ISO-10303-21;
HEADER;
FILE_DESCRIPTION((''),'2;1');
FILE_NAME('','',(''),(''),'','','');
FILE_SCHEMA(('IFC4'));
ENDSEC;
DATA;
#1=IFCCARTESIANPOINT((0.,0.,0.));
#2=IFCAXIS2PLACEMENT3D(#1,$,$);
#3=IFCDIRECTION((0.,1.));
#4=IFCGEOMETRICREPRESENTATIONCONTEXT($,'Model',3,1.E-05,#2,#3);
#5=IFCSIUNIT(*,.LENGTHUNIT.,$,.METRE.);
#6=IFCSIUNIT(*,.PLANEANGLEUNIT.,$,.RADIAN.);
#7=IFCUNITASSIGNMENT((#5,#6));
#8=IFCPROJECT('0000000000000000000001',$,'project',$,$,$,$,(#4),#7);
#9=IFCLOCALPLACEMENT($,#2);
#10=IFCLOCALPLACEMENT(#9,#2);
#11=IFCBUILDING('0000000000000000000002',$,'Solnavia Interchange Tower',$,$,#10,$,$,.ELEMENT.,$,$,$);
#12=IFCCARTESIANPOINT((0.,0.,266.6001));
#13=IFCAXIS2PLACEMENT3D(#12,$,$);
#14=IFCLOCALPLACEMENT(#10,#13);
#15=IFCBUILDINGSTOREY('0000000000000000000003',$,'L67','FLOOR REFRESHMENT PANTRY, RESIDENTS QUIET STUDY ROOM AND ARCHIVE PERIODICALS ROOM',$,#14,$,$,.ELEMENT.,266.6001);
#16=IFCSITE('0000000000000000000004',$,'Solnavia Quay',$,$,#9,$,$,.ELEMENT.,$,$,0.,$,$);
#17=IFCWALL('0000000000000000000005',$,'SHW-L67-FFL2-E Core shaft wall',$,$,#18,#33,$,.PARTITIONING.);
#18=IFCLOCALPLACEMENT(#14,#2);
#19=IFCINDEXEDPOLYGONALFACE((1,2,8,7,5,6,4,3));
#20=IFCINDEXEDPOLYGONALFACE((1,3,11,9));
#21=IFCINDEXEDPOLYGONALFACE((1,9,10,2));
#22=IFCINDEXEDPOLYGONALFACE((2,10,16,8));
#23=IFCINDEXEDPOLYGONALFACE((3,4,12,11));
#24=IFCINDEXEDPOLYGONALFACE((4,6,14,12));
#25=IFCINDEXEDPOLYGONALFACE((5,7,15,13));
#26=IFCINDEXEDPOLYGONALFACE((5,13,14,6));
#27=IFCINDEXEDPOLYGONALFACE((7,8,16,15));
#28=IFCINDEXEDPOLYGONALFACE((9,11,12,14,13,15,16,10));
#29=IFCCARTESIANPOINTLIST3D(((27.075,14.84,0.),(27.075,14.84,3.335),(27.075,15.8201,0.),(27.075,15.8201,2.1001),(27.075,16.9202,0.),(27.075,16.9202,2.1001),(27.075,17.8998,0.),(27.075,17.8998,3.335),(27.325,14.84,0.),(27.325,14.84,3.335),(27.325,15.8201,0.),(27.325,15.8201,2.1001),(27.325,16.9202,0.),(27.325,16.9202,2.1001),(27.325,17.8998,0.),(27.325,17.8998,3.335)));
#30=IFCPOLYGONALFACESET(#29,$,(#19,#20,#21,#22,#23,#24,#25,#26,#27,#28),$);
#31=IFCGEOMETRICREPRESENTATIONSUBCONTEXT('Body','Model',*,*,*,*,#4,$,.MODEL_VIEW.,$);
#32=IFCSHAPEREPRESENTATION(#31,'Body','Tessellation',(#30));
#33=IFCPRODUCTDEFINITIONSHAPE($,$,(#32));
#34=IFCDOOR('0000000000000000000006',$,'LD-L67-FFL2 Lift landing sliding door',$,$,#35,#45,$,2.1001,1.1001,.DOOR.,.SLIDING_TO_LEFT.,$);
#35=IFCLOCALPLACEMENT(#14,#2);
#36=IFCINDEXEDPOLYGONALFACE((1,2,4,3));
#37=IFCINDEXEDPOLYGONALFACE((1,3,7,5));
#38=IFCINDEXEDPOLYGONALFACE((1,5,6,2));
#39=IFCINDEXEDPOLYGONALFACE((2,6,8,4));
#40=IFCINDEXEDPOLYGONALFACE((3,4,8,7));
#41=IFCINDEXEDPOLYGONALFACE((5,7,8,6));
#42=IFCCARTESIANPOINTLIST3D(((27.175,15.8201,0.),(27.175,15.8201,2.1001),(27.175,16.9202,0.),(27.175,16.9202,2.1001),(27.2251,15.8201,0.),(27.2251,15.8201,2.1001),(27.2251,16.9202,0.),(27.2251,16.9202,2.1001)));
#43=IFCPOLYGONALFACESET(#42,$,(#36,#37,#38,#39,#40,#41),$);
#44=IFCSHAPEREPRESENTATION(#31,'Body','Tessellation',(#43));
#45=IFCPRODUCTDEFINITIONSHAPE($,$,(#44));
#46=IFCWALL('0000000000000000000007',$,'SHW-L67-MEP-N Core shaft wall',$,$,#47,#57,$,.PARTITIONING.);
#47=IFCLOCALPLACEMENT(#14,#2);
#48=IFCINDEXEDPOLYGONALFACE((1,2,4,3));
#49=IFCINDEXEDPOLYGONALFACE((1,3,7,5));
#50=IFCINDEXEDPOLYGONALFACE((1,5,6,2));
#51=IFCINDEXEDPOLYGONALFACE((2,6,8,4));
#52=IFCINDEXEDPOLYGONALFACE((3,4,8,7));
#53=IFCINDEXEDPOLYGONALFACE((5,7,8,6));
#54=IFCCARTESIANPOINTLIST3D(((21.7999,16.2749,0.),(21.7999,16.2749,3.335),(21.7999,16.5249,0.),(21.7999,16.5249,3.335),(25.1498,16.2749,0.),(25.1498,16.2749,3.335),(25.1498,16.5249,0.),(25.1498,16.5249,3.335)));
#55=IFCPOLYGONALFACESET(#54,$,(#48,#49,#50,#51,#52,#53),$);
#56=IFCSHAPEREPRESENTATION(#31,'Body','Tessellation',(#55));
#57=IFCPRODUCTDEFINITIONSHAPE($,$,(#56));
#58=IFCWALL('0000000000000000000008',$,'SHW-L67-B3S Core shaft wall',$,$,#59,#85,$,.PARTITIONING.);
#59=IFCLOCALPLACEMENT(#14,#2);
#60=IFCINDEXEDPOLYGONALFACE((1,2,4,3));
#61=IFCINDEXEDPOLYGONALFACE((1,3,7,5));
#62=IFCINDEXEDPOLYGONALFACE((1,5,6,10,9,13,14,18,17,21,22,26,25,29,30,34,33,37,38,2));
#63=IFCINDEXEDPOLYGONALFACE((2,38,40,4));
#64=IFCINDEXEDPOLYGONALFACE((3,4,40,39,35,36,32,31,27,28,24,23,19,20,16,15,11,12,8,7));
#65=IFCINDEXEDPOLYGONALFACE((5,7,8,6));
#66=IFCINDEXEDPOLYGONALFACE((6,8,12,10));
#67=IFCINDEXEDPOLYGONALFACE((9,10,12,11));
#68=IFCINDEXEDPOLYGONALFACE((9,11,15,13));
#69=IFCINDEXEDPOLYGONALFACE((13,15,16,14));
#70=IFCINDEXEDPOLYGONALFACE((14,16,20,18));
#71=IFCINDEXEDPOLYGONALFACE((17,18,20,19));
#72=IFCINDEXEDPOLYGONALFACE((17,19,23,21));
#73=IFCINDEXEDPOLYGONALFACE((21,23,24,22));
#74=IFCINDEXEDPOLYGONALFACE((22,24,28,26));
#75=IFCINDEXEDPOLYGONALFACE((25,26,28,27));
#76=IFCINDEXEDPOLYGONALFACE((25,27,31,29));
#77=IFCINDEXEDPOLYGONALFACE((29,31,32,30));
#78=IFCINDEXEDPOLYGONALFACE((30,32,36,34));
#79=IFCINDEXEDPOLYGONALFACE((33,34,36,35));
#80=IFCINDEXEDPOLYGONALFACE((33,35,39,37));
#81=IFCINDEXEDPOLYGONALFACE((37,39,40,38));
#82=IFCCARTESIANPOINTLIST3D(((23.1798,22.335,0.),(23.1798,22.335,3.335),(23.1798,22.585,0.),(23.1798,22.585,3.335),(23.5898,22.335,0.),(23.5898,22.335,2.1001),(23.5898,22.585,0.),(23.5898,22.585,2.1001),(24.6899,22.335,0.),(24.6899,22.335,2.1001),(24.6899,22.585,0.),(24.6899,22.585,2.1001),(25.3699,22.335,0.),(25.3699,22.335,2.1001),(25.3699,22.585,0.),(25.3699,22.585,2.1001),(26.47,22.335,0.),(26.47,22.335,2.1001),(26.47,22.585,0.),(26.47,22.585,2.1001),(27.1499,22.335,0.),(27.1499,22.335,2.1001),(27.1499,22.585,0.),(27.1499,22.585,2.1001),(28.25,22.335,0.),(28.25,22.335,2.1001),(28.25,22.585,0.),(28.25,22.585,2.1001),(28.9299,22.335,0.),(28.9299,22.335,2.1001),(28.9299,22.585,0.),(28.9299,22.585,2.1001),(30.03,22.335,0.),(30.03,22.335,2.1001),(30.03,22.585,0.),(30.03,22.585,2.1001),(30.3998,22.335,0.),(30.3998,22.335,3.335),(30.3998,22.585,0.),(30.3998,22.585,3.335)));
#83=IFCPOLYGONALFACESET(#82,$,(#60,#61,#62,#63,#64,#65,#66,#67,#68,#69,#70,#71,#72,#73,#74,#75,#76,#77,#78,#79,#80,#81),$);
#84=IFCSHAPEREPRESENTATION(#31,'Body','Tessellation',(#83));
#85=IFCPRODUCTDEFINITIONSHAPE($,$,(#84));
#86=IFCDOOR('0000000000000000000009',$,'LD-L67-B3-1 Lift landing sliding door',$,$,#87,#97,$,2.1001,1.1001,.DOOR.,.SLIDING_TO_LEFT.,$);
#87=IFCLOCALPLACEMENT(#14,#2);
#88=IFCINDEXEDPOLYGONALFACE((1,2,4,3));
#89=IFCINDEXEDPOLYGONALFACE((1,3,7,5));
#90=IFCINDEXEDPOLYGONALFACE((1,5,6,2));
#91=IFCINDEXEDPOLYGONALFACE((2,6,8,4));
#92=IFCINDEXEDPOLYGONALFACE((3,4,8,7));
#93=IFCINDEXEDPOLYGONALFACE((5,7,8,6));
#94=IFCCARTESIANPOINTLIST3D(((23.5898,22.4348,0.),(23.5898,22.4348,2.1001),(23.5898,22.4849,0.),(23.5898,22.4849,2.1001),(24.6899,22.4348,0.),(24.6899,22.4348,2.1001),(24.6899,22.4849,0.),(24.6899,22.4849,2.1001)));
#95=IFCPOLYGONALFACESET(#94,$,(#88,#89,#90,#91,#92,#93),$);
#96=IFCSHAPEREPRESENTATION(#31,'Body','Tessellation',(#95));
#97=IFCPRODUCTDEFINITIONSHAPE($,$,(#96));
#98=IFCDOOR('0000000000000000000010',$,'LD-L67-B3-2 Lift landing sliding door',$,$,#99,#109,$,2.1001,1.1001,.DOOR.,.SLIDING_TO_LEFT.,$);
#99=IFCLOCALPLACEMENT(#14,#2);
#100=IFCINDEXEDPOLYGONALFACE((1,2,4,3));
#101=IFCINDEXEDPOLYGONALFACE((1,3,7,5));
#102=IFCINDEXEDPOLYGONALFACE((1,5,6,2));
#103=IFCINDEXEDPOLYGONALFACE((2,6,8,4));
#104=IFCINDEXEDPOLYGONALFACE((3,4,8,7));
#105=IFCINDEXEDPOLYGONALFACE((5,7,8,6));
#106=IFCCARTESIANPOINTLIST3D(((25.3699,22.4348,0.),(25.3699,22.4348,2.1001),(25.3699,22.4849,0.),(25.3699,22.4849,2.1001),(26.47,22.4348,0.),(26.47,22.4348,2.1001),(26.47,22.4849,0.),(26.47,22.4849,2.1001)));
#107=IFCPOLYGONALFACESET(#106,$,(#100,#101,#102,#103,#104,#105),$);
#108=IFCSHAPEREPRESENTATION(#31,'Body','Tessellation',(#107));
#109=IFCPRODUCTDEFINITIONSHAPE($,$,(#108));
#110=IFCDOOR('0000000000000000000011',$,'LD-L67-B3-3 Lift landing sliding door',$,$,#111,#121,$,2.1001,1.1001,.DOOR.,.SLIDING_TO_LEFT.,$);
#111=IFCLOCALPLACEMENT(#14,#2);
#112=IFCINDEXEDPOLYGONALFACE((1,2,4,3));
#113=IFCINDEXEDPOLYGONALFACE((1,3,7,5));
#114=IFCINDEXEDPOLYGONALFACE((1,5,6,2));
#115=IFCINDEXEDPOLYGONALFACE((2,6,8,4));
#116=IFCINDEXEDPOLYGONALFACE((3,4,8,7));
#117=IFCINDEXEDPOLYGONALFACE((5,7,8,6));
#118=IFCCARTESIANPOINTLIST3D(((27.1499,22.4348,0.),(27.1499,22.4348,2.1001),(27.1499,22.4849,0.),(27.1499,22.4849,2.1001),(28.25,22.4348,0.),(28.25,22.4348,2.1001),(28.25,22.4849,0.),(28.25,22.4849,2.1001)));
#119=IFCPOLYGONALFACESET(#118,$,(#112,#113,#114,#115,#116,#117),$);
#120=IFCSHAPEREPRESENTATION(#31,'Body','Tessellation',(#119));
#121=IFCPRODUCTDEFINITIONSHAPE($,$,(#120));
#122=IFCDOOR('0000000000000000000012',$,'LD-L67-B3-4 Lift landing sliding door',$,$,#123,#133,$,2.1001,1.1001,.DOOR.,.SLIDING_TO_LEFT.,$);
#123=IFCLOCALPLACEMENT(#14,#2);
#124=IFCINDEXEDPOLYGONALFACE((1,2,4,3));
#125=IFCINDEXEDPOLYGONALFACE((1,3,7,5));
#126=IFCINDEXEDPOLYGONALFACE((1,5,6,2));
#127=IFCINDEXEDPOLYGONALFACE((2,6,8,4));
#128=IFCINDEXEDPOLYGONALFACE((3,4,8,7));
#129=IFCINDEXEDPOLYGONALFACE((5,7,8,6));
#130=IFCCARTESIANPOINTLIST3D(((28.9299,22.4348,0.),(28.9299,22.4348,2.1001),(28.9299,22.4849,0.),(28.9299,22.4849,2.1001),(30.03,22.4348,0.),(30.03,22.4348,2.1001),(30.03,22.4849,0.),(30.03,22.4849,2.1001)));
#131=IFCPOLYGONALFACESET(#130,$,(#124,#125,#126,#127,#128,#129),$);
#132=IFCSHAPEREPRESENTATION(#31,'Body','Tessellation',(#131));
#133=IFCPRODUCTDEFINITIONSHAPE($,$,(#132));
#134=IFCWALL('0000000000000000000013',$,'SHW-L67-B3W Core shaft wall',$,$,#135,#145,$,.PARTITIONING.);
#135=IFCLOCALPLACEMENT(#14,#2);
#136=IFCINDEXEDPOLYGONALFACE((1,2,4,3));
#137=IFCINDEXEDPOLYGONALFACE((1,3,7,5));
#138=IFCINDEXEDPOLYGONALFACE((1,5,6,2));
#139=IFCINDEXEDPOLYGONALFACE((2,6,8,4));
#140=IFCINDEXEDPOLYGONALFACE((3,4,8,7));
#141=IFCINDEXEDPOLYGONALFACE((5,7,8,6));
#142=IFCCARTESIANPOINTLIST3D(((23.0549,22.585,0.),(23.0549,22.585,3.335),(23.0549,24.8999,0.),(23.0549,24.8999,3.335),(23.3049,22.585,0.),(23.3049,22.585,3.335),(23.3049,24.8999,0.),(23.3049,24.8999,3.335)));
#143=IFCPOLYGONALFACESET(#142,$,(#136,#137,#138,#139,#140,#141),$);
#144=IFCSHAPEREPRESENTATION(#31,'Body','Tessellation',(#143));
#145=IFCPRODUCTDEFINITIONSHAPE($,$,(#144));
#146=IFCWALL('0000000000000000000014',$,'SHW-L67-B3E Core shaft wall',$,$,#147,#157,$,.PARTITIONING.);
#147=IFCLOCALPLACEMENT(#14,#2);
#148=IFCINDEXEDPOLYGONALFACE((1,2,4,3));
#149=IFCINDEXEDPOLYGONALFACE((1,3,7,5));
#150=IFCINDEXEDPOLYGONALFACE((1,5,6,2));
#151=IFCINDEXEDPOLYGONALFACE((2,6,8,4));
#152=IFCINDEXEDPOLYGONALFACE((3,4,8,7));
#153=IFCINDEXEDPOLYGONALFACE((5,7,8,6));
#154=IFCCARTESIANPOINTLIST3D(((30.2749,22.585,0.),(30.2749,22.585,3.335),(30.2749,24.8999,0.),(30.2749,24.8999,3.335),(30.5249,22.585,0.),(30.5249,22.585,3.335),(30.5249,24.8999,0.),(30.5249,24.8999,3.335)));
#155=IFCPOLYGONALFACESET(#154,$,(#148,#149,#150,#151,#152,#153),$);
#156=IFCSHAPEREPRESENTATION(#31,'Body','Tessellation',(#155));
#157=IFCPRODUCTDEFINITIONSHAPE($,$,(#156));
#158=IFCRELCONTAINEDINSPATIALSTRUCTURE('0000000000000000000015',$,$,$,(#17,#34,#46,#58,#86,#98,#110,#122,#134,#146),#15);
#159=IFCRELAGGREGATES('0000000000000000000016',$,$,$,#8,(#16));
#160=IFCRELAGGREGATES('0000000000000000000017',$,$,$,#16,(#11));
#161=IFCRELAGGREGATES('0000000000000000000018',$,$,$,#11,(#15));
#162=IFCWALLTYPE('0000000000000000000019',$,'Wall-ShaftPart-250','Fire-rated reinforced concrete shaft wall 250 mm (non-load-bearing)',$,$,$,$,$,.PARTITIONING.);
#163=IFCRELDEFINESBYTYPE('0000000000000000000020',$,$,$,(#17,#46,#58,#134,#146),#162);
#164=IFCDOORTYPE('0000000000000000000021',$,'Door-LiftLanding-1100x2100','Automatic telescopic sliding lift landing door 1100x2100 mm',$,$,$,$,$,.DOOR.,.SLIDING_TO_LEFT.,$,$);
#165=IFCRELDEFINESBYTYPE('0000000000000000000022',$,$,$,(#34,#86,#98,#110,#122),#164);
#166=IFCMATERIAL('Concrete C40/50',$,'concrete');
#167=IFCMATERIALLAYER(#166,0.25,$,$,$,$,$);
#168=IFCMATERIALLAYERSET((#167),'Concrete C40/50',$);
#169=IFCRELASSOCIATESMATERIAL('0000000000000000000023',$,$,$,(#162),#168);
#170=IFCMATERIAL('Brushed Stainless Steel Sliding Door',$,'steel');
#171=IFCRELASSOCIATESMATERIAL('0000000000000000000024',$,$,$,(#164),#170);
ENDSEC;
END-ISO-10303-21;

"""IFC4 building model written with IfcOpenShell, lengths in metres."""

from ifc_helpers import new_model, si_unit, direction, frame, frame_2d, origin, place, context, subcontext, project, spatial, rectangle, extrude, material, layer, layer_set, type_object, element, fill, save


model = new_model("IFC4")

# Units and contexts
model_context = context("Model", 3, precision=1e-05, world=origin(), true_north=direction((0.0, 1.0)))
body_context = subcontext(model_context, "Body", "Model", "MODEL_VIEW")
ifc_project = project(units=[si_unit("LENGTHUNIT", "METRE"), si_unit("PLANEANGLEUNIT", "RADIAN")], contexts=[model_context])

# Site, building, storey
site_placement = place(None, origin())
site = spatial("IfcSite", under=ifc_project, at=site_placement, Name="Solnavia Quay", CompositionType="ELEMENT", RefElevation=0.0)
building_placement = place(site_placement, origin())
building = spatial("IfcBuilding", under=site, at=building_placement, Name="Solnavia Interchange Tower", CompositionType="ELEMENT")
storey_placement = place(building_placement, frame((0.0, 0.0, 266.6001)))
storey = spatial("IfcBuildingStorey", under=building, at=storey_placement, Name="L67", Description="FLOOR REFRESHMENT PANTRY, RESIDENTS QUIET STUDY ROOM AND ARCHIVE PERIODICALS ROOM", CompositionType="ELEMENT", Elevation=266.6001)

# Shared definitions
ifc_material_1 = material(Name="Concrete C40/50", Category="concrete")
ifc_layer_1 = layer(ifc_material_1, 0.25)
ifc_layer_set_1 = layer_set([ifc_layer_1], Name="Concrete C40/50")
wall_type_1 = type_object("IfcWallType", Name="Wall-ShaftPart-250", Description="Fire-rated reinforced concrete shaft wall 250 mm (non-load-bearing)", PredefinedType="PARTITIONING", material=ifc_layer_set_1)

# Wall, opening, door
wall_1_placement = place(storey_placement, frame((27.2, 14.8401, 0.0), z_axis=(0.0, 0.0, 1.0), x_axis=(0.0, 1.0, 0.0)))
wall_1 = element("IfcWall", 1, at=wall_1_placement, inside=storey, type_object=wall_type_1, Name="SHW-L67-FFL2-E Core shaft wall", PredefinedType="PARTITIONING", context=body_context, shape_type="SweptSolid", body=[
    extrude(rectangle(XDim=3.0598, YDim=0.25, at=frame_2d((1.5298, 0.0))), origin(), (0.0, 0.0, 1.0), 3.335),
])
opening_1_placement = place(wall_1_placement, frame((0.98, 0.0, 0.0)))
opening_1 = element("IfcOpeningElement", 2, at=opening_1_placement, cuts=wall_1, PredefinedType="OPENING", context=body_context, shape_type="SweptSolid", body=[
    extrude(rectangle(XDim=1.1001, YDim=2.1001, at=frame_2d((0.55, 1.05))), frame((0.0, 0.135, 0.0), z_axis=(0.0, -1.0, 0.0), x_axis=(1.0, 0.0, 0.0)), (0.0, 0.0, 1.0), 0.27),
])
ifc_material_2 = material(Name="Brushed Stainless Steel Sliding Door", Category="steel")
door_type_1 = type_object("IfcDoorType", Name="Door-LiftLanding-1100x2100", Description="Automatic telescopic sliding lift landing door 1100x2100 mm", OperationType="SLIDING_TO_LEFT", PredefinedType="DOOR", material=ifc_material_2)
door_1_placement = place(opening_1_placement, origin())
door_1 = element("IfcDoor", 3, at=door_1_placement, inside=storey, type_object=door_type_1, Name="LD-L67-FFL2 Lift landing sliding door", OperationType="SLIDING_TO_LEFT", OverallHeight=2.1001, OverallWidth=1.1001, PredefinedType="DOOR", context=body_context, shape_type="SweptSolid", body=[
    extrude(rectangle(XDim=1.1001, YDim=2.1001, at=frame_2d((0.55, 1.05))), frame((0.0, 0.0249, 0.0), z_axis=(0.0, -1.0, 0.0), x_axis=(1.0, 0.0, 0.0)), (0.0, 0.0, 1.0), 0.05),
])
fill(opening_1, door_1)

# Wall
wall_2_placement = place(storey_placement, frame((21.8, 16.3999, 0.0), z_axis=(0.0, 0.0, 1.0), x_axis=(1.0, 0.0, 0.0)))
element("IfcWall", 4, at=wall_2_placement, inside=storey, type_object=wall_type_1, Name="SHW-L67-MEP-N Core shaft wall", PredefinedType="PARTITIONING", context=body_context, shape_type="SweptSolid", body=[
    extrude(rectangle(XDim=3.3499, YDim=0.25, at=frame_2d((1.6748, 0.0))), origin(), (0.0, 0.0, 1.0), 3.335),
])

# Wall, openings, doors
wall_3_placement = place(storey_placement, frame((23.1799, 22.46, 0.0), z_axis=(0.0, 0.0, 1.0), x_axis=(1.0, 0.0, 0.0)))
wall_3 = element("IfcWall", 5, at=wall_3_placement, inside=storey, type_object=wall_type_1, Name="SHW-L67-B3S Core shaft wall", PredefinedType="PARTITIONING", context=body_context, shape_type="SweptSolid", body=[
    extrude(rectangle(XDim=7.22, YDim=0.25, at=frame_2d((3.6099, 0.0))), origin(), (0.0, 0.0, 1.0), 3.335),
])
opening_2_placement = place(wall_3_placement, frame((0.4099, 0.0, 0.0)))
opening_2 = element("IfcOpeningElement", 6, at=opening_2_placement, cuts=wall_3, PredefinedType="OPENING", context=body_context, shape_type="SweptSolid", body=[
    extrude(rectangle(XDim=1.1001, YDim=2.1001, at=frame_2d((0.55, 1.05))), frame((0.0, 0.135, 0.0), z_axis=(0.0, -1.0, 0.0), x_axis=(1.0, 0.0, 0.0)), (0.0, 0.0, 1.0), 0.27),
])
opening_3_placement = place(wall_3_placement, frame((2.1899, 0.0, 0.0)))
opening_3 = element("IfcOpeningElement", 7, at=opening_3_placement, cuts=wall_3, PredefinedType="OPENING", context=body_context, shape_type="SweptSolid", body=[
    extrude(rectangle(XDim=1.1001, YDim=2.1001, at=frame_2d((0.55, 1.05))), frame((0.0, 0.135, 0.0), z_axis=(0.0, -1.0, 0.0), x_axis=(1.0, 0.0, 0.0)), (0.0, 0.0, 1.0), 0.27),
])
opening_4_placement = place(wall_3_placement, frame((3.97, 0.0, 0.0)))
opening_4 = element("IfcOpeningElement", 8, at=opening_4_placement, cuts=wall_3, PredefinedType="OPENING", context=body_context, shape_type="SweptSolid", body=[
    extrude(rectangle(XDim=1.1001, YDim=2.1001, at=frame_2d((0.55, 1.05))), frame((0.0, 0.135, 0.0), z_axis=(0.0, -1.0, 0.0), x_axis=(1.0, 0.0, 0.0)), (0.0, 0.0, 1.0), 0.27),
])
opening_5_placement = place(wall_3_placement, frame((5.75, 0.0, 0.0)))
opening_5 = element("IfcOpeningElement", 9, at=opening_5_placement, cuts=wall_3, PredefinedType="OPENING", context=body_context, shape_type="SweptSolid", body=[
    extrude(rectangle(XDim=1.1001, YDim=2.1001, at=frame_2d((0.55, 1.05))), frame((0.0, 0.135, 0.0), z_axis=(0.0, -1.0, 0.0), x_axis=(1.0, 0.0, 0.0)), (0.0, 0.0, 1.0), 0.27),
])
door_2_placement = place(opening_2_placement, origin())
door_2 = element("IfcDoor", 10, at=door_2_placement, inside=storey, type_object=door_type_1, Name="LD-L67-B3-1 Lift landing sliding door", OperationType="SLIDING_TO_LEFT", OverallHeight=2.1001, OverallWidth=1.1001, PredefinedType="DOOR", context=body_context, shape_type="SweptSolid", body=[
    extrude(rectangle(XDim=1.1001, YDim=2.1001, at=frame_2d((0.55, 1.05))), frame((0.0, 0.0249, 0.0), z_axis=(0.0, -1.0, 0.0), x_axis=(1.0, 0.0, 0.0)), (0.0, 0.0, 1.0), 0.05),
])
fill(opening_2, door_2)
door_3_placement = place(opening_3_placement, origin())
door_3 = element("IfcDoor", 11, at=door_3_placement, inside=storey, type_object=door_type_1, Name="LD-L67-B3-2 Lift landing sliding door", OperationType="SLIDING_TO_LEFT", OverallHeight=2.1001, OverallWidth=1.1001, PredefinedType="DOOR", context=body_context, shape_type="SweptSolid", body=[
    extrude(rectangle(XDim=1.1001, YDim=2.1001, at=frame_2d((0.55, 1.05))), frame((0.0, 0.0249, 0.0), z_axis=(0.0, -1.0, 0.0), x_axis=(1.0, 0.0, 0.0)), (0.0, 0.0, 1.0), 0.05),
])
fill(opening_3, door_3)
door_4_placement = place(opening_4_placement, origin())
door_4 = element("IfcDoor", 12, at=door_4_placement, inside=storey, type_object=door_type_1, Name="LD-L67-B3-3 Lift landing sliding door", OperationType="SLIDING_TO_LEFT", OverallHeight=2.1001, OverallWidth=1.1001, PredefinedType="DOOR", context=body_context, shape_type="SweptSolid", body=[
    extrude(rectangle(XDim=1.1001, YDim=2.1001, at=frame_2d((0.55, 1.05))), frame((0.0, 0.0249, 0.0), z_axis=(0.0, -1.0, 0.0), x_axis=(1.0, 0.0, 0.0)), (0.0, 0.0, 1.0), 0.05),
])
fill(opening_4, door_4)
door_5_placement = place(opening_5_placement, origin())
door_5 = element("IfcDoor", 13, at=door_5_placement, inside=storey, type_object=door_type_1, Name="LD-L67-B3-4 Lift landing sliding door", OperationType="SLIDING_TO_LEFT", OverallHeight=2.1001, OverallWidth=1.1001, PredefinedType="DOOR", context=body_context, shape_type="SweptSolid", body=[
    extrude(rectangle(XDim=1.1001, YDim=2.1001, at=frame_2d((0.55, 1.05))), frame((0.0, 0.0249, 0.0), z_axis=(0.0, -1.0, 0.0), x_axis=(1.0, 0.0, 0.0)), (0.0, 0.0, 1.0), 0.05),
])
fill(opening_5, door_5)

# Walls
for number, where, z_axis, x_axis, name in (
    (14, (23.1799, 22.585, 0.0), (0.0, 0.0, 1.0), (0.0, 1.0, 0.0), "SHW-L67-B3W Core shaft wall"),
    (15, (30.3999, 22.585, 0.0), (0.0, 0.0, 1.0), (0.0, 1.0, 0.0), "SHW-L67-B3E Core shaft wall"),
):
    element("IfcWall", number, at=place(storey_placement, frame(where, z_axis=z_axis, x_axis=x_axis)), inside=storey, type_object=wall_type_1, Name=name, PredefinedType="PARTITIONING", context=body_context, shape_type="SweptSolid", body=[
        extrude(rectangle(XDim=2.3149, YDim=0.25, at=frame_2d((1.1575, 0.0))), origin(), (0.0, 0.0, 1.0), 3.335),
    ])

save(model, "model.ifc")
